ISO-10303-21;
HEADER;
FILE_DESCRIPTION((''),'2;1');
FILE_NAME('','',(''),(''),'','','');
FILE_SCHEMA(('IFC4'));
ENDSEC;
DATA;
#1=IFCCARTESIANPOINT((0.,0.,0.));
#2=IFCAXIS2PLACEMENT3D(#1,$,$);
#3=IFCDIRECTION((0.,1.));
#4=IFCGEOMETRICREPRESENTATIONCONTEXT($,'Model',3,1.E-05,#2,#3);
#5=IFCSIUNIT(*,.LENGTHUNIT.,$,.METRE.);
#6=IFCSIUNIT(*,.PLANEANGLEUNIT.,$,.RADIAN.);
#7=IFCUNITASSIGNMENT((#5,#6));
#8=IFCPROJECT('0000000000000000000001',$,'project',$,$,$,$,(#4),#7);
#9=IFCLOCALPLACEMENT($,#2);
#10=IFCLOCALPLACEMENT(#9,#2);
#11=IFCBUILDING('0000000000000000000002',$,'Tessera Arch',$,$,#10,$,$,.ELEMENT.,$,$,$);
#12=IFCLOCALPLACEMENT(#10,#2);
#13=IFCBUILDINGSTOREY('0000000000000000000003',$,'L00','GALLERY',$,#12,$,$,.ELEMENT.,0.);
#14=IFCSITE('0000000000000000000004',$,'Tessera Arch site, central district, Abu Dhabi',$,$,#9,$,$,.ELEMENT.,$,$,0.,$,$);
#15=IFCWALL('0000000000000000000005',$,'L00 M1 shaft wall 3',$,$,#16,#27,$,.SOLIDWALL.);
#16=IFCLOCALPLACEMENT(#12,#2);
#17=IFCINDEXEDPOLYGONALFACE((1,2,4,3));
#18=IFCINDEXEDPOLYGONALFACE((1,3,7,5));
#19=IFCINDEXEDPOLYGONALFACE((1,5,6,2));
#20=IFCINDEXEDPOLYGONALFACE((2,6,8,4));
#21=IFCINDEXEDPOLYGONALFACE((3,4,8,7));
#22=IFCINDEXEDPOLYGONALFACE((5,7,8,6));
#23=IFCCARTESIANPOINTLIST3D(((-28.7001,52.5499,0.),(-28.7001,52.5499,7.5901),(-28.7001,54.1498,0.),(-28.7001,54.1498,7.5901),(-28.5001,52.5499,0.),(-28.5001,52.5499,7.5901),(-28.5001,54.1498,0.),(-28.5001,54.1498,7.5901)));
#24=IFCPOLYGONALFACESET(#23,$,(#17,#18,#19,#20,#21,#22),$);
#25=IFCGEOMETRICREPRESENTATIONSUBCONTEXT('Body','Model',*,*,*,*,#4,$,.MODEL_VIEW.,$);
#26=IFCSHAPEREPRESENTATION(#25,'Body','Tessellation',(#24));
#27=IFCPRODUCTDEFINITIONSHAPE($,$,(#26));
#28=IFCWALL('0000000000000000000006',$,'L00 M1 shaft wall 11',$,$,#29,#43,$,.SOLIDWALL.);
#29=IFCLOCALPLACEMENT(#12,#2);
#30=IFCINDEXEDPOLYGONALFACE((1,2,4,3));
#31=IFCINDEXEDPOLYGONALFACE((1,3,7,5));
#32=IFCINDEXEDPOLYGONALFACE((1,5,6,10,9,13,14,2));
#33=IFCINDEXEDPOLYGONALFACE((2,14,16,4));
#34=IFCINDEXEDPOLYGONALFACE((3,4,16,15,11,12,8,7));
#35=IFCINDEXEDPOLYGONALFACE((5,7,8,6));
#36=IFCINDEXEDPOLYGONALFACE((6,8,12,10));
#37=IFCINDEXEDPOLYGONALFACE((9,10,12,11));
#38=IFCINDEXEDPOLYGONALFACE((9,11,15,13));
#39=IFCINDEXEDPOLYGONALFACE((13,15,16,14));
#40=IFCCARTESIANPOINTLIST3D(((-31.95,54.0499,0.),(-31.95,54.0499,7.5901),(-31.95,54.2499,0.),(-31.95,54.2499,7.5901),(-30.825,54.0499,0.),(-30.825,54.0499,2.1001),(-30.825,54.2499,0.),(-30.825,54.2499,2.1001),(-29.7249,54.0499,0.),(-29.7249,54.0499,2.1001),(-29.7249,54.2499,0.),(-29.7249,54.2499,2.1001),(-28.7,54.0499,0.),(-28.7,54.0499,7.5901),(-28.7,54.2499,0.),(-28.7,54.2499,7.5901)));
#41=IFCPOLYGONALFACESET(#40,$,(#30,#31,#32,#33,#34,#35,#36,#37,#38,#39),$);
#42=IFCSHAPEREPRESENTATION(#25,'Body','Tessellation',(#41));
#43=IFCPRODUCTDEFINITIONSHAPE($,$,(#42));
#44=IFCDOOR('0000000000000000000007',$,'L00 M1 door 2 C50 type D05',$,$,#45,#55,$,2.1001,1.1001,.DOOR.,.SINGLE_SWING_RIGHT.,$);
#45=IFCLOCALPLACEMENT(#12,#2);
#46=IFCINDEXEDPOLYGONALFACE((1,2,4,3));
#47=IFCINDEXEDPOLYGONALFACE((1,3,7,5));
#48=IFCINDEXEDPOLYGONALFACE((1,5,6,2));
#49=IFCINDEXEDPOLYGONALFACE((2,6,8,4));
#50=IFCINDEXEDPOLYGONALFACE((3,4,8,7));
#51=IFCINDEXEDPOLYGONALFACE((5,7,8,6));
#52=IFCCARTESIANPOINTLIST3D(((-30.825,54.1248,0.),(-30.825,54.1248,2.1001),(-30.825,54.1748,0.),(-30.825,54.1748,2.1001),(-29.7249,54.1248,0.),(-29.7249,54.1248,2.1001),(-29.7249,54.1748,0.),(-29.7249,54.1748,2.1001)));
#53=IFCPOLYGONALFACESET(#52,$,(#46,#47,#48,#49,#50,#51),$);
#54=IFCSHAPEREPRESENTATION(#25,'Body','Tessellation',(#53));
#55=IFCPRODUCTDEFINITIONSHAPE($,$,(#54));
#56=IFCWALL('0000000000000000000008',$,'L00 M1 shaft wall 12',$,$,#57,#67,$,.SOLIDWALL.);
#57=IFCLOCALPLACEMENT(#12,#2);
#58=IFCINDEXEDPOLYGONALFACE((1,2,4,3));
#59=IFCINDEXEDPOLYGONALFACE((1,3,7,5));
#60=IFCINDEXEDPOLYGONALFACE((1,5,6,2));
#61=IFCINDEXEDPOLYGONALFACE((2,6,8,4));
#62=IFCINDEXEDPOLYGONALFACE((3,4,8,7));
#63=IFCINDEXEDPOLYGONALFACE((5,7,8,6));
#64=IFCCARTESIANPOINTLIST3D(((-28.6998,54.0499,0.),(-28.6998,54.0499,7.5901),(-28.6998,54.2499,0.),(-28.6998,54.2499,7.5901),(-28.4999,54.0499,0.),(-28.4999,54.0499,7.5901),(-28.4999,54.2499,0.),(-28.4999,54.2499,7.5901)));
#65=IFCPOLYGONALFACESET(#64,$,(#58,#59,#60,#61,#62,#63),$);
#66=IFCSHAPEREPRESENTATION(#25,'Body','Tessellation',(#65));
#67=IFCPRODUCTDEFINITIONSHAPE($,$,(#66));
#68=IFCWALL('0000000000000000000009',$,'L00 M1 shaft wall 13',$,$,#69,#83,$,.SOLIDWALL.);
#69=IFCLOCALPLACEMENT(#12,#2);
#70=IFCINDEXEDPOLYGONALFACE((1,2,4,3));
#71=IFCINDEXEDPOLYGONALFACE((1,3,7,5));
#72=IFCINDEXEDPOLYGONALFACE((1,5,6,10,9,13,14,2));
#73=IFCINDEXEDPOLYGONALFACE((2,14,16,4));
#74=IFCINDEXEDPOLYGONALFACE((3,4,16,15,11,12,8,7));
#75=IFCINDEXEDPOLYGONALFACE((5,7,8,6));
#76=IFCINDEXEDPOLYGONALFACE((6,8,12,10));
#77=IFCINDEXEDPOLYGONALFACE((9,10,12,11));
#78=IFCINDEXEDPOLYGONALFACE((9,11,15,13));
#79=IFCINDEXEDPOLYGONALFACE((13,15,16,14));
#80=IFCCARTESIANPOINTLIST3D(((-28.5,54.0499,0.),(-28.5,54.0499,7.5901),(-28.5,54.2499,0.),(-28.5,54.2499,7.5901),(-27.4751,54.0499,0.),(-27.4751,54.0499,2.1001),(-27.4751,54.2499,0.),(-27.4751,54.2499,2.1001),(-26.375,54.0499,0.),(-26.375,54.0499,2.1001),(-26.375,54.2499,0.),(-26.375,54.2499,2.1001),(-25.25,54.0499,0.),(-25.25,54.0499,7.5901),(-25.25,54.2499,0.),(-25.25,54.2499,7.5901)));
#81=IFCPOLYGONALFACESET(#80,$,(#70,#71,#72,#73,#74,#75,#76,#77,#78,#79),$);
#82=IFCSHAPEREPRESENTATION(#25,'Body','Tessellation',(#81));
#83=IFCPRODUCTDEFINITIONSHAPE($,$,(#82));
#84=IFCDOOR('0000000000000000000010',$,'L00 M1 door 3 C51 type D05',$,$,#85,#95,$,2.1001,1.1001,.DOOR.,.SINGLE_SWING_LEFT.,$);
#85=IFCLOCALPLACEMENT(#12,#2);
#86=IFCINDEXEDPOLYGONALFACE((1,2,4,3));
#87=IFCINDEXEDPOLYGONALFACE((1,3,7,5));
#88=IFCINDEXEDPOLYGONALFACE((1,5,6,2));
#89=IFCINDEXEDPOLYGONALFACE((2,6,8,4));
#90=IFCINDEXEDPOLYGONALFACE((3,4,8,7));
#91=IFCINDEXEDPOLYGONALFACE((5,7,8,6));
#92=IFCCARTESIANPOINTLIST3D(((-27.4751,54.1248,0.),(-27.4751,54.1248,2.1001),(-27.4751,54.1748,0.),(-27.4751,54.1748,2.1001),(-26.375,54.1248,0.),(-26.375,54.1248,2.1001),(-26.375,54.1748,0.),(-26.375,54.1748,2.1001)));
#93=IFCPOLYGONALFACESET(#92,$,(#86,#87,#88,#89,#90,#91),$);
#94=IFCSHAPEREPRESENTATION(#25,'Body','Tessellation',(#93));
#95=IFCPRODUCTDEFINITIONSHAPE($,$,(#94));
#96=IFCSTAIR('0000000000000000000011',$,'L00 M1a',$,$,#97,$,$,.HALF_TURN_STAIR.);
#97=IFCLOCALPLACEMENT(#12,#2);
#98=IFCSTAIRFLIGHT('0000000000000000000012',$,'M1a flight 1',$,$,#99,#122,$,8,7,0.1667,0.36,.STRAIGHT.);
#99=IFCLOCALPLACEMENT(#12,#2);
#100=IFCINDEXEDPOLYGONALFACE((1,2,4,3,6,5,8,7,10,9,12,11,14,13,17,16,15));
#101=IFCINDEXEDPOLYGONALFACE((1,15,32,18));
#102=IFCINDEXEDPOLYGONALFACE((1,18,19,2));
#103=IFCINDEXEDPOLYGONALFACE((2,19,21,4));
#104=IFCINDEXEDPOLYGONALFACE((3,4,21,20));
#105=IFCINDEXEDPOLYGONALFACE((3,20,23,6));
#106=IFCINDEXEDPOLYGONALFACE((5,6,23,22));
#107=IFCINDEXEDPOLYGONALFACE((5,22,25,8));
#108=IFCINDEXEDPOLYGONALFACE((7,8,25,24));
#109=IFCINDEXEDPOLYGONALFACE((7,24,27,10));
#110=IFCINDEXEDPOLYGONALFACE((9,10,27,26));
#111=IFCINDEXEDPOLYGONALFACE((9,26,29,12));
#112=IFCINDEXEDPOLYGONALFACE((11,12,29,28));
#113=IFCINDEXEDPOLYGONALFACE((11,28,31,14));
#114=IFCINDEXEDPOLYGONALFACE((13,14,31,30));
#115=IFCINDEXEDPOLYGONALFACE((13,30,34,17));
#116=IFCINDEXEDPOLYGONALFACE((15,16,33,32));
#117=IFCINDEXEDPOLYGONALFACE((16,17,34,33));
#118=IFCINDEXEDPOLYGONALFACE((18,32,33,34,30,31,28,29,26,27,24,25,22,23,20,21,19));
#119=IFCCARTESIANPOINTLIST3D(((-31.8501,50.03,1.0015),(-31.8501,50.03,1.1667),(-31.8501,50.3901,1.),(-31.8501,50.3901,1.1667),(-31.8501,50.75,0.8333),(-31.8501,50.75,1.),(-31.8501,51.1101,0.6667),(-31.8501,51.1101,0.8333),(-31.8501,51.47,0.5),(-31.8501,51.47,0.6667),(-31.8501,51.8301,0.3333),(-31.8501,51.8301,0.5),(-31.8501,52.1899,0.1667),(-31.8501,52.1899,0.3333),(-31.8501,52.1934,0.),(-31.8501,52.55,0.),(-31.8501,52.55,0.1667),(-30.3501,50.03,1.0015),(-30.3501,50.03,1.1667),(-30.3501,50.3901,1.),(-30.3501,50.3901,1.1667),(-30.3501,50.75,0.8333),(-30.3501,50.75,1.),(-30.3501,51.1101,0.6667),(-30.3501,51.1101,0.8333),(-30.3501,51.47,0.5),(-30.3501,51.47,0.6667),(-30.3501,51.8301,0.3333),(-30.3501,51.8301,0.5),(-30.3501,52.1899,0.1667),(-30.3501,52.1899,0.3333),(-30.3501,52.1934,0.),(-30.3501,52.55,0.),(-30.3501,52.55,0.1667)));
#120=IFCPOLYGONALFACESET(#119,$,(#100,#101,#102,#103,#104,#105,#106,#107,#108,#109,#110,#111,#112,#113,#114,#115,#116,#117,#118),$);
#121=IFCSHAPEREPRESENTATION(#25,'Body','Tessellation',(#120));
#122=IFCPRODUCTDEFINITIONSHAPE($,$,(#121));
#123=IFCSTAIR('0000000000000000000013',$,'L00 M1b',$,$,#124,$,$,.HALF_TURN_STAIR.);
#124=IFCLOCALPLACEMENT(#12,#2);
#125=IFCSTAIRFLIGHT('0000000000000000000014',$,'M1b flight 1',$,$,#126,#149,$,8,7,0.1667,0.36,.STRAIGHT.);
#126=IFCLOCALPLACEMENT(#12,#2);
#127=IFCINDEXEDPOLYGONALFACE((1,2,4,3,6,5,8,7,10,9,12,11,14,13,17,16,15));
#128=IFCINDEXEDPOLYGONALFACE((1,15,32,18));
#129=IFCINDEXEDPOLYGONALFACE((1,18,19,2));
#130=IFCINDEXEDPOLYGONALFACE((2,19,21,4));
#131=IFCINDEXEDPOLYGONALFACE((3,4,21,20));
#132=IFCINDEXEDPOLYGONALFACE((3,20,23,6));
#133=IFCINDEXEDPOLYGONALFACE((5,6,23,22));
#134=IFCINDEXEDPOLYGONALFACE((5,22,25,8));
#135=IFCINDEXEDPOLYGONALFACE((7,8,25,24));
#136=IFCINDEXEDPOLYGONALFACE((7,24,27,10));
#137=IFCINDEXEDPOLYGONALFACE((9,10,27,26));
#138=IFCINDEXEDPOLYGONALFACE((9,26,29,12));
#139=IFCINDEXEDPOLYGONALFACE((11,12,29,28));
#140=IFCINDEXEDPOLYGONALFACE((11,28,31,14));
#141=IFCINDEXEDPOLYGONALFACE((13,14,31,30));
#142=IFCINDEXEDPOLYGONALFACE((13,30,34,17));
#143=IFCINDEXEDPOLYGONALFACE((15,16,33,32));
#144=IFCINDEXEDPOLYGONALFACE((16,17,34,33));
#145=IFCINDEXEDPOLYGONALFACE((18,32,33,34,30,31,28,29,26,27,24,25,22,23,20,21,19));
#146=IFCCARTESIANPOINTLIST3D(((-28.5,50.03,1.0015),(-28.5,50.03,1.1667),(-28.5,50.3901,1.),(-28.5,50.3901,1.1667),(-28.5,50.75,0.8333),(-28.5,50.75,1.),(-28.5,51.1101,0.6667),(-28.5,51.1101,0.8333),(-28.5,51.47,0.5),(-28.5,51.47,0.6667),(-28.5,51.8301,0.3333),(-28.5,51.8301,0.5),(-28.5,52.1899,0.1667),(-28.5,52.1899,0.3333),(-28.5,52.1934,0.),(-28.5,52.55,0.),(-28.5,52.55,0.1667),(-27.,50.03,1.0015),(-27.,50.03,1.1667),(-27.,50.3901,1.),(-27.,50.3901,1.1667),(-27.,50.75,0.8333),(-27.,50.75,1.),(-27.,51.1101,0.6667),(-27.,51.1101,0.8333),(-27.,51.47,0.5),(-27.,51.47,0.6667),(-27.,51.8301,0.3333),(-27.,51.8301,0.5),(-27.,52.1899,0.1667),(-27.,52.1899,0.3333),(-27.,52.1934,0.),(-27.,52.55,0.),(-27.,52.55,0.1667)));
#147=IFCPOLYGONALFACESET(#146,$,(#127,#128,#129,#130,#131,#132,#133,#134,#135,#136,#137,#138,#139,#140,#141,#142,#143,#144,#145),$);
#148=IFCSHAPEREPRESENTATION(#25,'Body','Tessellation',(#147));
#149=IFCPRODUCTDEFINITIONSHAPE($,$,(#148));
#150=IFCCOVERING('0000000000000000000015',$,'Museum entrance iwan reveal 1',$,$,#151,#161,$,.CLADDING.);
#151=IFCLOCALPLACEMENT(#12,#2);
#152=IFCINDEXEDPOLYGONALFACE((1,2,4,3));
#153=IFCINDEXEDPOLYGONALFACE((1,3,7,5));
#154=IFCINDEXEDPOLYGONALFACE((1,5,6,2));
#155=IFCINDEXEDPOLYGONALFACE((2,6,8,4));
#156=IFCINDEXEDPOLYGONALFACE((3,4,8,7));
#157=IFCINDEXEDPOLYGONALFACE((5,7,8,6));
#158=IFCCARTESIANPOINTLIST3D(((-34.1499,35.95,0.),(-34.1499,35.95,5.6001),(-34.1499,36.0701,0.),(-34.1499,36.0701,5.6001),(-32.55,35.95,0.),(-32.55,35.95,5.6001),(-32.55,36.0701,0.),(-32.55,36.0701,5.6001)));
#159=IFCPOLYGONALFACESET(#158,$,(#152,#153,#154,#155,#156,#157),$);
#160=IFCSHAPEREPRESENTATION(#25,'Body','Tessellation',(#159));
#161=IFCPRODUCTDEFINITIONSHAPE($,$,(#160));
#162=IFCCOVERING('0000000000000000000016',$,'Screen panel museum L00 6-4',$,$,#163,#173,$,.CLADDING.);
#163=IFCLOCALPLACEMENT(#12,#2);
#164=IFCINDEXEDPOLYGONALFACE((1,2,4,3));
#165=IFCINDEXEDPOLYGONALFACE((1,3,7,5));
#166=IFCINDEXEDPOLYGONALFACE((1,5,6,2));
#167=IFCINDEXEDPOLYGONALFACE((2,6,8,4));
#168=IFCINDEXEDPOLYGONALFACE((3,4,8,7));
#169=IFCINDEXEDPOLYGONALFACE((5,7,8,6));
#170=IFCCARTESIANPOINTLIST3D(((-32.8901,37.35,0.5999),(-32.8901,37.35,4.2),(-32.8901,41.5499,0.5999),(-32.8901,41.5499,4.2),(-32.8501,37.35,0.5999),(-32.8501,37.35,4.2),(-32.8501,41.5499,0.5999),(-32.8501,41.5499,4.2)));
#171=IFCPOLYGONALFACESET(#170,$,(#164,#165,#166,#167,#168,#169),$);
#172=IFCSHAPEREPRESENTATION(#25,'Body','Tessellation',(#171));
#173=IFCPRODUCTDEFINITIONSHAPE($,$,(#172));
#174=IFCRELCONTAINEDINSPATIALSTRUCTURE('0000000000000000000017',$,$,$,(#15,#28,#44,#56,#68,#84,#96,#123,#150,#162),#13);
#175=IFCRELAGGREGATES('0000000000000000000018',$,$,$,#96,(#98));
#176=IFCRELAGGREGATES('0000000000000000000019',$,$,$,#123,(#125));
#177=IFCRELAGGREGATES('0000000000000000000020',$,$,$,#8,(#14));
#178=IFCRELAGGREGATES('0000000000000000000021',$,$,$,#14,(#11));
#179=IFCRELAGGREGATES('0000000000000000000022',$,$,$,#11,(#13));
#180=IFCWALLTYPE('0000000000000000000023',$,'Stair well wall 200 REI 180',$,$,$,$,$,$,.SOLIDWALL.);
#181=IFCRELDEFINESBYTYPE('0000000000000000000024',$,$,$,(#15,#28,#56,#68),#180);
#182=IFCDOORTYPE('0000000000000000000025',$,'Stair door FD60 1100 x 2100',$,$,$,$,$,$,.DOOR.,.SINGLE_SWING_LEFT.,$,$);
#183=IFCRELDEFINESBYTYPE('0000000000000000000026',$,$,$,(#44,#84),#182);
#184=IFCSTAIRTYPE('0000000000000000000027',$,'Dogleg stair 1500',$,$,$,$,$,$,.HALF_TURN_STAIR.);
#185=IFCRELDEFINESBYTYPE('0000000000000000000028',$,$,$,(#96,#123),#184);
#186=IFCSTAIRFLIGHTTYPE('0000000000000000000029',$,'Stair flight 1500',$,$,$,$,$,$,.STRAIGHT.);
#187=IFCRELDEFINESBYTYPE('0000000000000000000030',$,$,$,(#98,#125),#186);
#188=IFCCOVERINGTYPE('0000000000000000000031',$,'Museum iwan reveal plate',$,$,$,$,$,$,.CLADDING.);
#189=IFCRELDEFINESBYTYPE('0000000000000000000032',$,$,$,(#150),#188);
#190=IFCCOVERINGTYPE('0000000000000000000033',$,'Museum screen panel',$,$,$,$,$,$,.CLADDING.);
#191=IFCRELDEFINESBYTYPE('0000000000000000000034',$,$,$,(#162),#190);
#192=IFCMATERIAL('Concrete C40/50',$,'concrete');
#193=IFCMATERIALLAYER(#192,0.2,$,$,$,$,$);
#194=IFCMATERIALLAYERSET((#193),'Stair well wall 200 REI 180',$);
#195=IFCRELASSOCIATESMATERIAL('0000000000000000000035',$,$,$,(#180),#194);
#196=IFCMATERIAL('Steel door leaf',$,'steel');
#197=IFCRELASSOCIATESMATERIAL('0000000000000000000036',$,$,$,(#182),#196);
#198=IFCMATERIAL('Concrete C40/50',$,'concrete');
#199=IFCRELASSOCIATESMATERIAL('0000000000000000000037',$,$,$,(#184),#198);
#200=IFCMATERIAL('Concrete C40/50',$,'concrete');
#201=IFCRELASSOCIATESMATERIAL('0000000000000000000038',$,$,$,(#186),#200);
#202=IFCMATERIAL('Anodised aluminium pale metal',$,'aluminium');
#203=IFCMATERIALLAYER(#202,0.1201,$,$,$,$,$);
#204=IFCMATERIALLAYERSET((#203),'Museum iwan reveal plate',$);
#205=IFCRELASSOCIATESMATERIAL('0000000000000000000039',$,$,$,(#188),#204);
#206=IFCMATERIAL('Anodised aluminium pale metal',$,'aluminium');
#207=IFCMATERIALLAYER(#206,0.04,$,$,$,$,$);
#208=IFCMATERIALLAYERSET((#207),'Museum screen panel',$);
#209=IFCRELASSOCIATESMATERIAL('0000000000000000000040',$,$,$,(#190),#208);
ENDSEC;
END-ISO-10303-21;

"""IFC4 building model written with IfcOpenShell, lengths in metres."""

from ifc_helpers import new_model, si_unit, direction, frame, frame_2d, origin, origin_2d, place, context, subcontext, project, spatial, polyline, rectangle, outline, extrude, material, layer, layer_set, type_object, element, fill, aggregate, save


model = new_model("IFC4")

# Units and contexts
model_context = context("Model", 3, precision=1e-05, world=origin(), true_north=direction((0.0, 1.0)))
body_context = subcontext(model_context, "Body", "Model", "MODEL_VIEW")
ifc_project = project(units=[si_unit("LENGTHUNIT", "METRE"), si_unit("PLANEANGLEUNIT", "RADIAN")], contexts=[model_context])

# Site, building, storey
site_placement = place(None, origin())
site = spatial("IfcSite", under=ifc_project, at=site_placement, Name="Tessera Arch site, central district, Abu Dhabi", CompositionType="ELEMENT", RefElevation=0.0)
building_placement = place(site_placement, origin())
building = spatial("IfcBuilding", under=site, at=building_placement, Name="Tessera Arch", CompositionType="ELEMENT")
storey_placement = place(building_placement, origin())
storey = spatial("IfcBuildingStorey", under=building, at=storey_placement, Name="L00", Description="GALLERY", CompositionType="ELEMENT", Elevation=0.0)

# Wall
ifc_material_1 = material(Name="Concrete C40/50", Category="concrete")
ifc_layer_1 = layer(ifc_material_1, 0.2)
ifc_layer_set_1 = layer_set([ifc_layer_1], Name="Stair well wall 200 REI 180")
wall_type_1 = type_object("IfcWallType", Name="Stair well wall 200 REI 180", PredefinedType="SOLIDWALL", material=ifc_layer_set_1)
wall_1_placement = place(storey_placement, frame((-28.6001, 52.55, 0.0), z_axis=(0.0, 0.0, 1.0), x_axis=(0.0, 1.0, 0.0)))
element("IfcWall", 1, at=wall_1_placement, inside=storey, type_object=wall_type_1, Name="L00 M1 shaft wall 3", PredefinedType="SOLIDWALL", context=body_context, shape_type="SweptSolid", body=[
    extrude(rectangle(XDim=1.5999, YDim=0.2, at=frame_2d((0.7998, 0.0))), origin(), (0.0, 0.0, 1.0), 7.5901),
])

# Wall, opening, door
wall_2_placement = place(storey_placement, frame((-31.95, 54.1499, 0.0), z_axis=(0.0, 0.0, 1.0), x_axis=(1.0, 0.0, 0.0)))
wall_2 = element("IfcWall", 2, at=wall_2_placement, inside=storey, type_object=wall_type_1, Name="L00 M1 shaft wall 11", PredefinedType="SOLIDWALL", context=body_context, shape_type="SweptSolid", body=[
    extrude(rectangle(XDim=3.25, YDim=0.2, at=frame_2d((1.625, 0.0))), origin(), (0.0, 0.0, 1.0), 7.5901),
])
opening_1_placement = place(wall_2_placement, frame((1.125, 0.0, 0.0)))
opening_1 = element("IfcOpeningElement", 3, at=opening_1_placement, cuts=wall_2, PredefinedType="OPENING", context=body_context, shape_type="SweptSolid", body=[
    extrude(rectangle(XDim=1.1001, YDim=2.1001, at=frame_2d((0.55, 1.05))), frame((0.0, 0.1099, 0.0), z_axis=(0.0, -1.0, 0.0), x_axis=(1.0, 0.0, 0.0)), (0.0, 0.0, 1.0), 0.22),
])
ifc_material_2 = material(Name="Steel door leaf", Category="steel")
door_type_1 = type_object("IfcDoorType", Name="Stair door FD60 1100 x 2100", OperationType="SINGLE_SWING_LEFT", PredefinedType="DOOR", material=ifc_material_2)
door_1_placement = place(opening_1_placement, origin())
door_1 = element("IfcDoor", 4, at=door_1_placement, inside=storey, type_object=door_type_1, Name="L00 M1 door 2 C50 type D05", OperationType="SINGLE_SWING_RIGHT", OverallHeight=2.1001, OverallWidth=1.1001, PredefinedType="DOOR", context=body_context, shape_type="SweptSolid", body=[
    extrude(rectangle(XDim=1.1001, YDim=2.1001, at=frame_2d((0.55, 1.05))), frame((0.0, 0.0249, 0.0), z_axis=(0.0, -1.0, 0.0), x_axis=(1.0, 0.0, 0.0)), (0.0, 0.0, 1.0), 0.05),
])
fill(opening_1, door_1)

# Wall
wall_3_placement = place(storey_placement, frame((-28.7, 54.1499, 0.0), z_axis=(0.0, 0.0, 1.0), x_axis=(1.0, 0.0, 0.0)))
element("IfcWall", 5, at=wall_3_placement, inside=storey, type_object=wall_type_1, Name="L00 M1 shaft wall 12", PredefinedType="SOLIDWALL", context=body_context, shape_type="SweptSolid", body=[
    extrude(rectangle(XDim=0.2, YDim=0.2, at=frame_2d((0.1001, 0.0))), origin(), (0.0, 0.0, 1.0), 7.5901),
])

# Wall, opening, door
wall_4_placement = place(storey_placement, frame((-28.5, 54.1499, 0.0), z_axis=(0.0, 0.0, 1.0), x_axis=(1.0, 0.0, 0.0)))
wall_4 = element("IfcWall", 6, at=wall_4_placement, inside=storey, type_object=wall_type_1, Name="L00 M1 shaft wall 13", PredefinedType="SOLIDWALL", context=body_context, shape_type="SweptSolid", body=[
    extrude(rectangle(XDim=3.25, YDim=0.2, at=frame_2d((1.625, 0.0))), origin(), (0.0, 0.0, 1.0), 7.5901),
])
opening_2_placement = place(wall_4_placement, frame((1.0249, 0.0, 0.0)))
opening_2 = element("IfcOpeningElement", 7, at=opening_2_placement, cuts=wall_4, PredefinedType="OPENING", context=body_context, shape_type="SweptSolid", body=[
    extrude(rectangle(XDim=1.1001, YDim=2.1001, at=frame_2d((0.55, 1.05))), frame((0.0, 0.1099, 0.0), z_axis=(0.0, -1.0, 0.0), x_axis=(1.0, 0.0, 0.0)), (0.0, 0.0, 1.0), 0.22),
])
door_2_placement = place(opening_2_placement, origin())
door_2 = element("IfcDoor", 8, at=door_2_placement, inside=storey, type_object=door_type_1, Name="L00 M1 door 3 C51 type D05", OperationType="SINGLE_SWING_LEFT", OverallHeight=2.1001, OverallWidth=1.1001, PredefinedType="DOOR", context=body_context, shape_type="SweptSolid", body=[
    extrude(rectangle(XDim=1.1001, YDim=2.1001, at=frame_2d((0.55, 1.05))), frame((0.0, 0.0249, 0.0), z_axis=(0.0, -1.0, 0.0), x_axis=(1.0, 0.0, 0.0)), (0.0, 0.0, 1.0), 0.05),
])
fill(opening_2, door_2)

# Stairs, stair flights
ifc_material_3 = material(Name="Concrete C40/50", Category="concrete")
stair_type = type_object("IfcStairType", Name="Dogleg stair 1500", PredefinedType="HALF_TURN_STAIR", material=ifc_material_3)
stair_1_placement = place(storey_placement, origin())
stair_1 = element("IfcStair", 9, at=stair_1_placement, inside=storey, type_object=stair_type, Name="L00 M1a", PredefinedType="HALF_TURN_STAIR")
ifc_material_4 = material(Name="Concrete C40/50", Category="concrete")
stair_flight_type = type_object("IfcStairFlightType", Name="Stair flight 1500", PredefinedType="STRAIGHT", material=ifc_material_4)
stair_flight_1_placement = place(storey_placement, frame((-31.1001, 52.55, 0.0), z_axis=(0.0, 0.0, 1.0), x_axis=(0.0, -1.0, 0.0)))
stair_flight_1 = element("IfcStairFlight", 10, at=stair_flight_1_placement, type_object=stair_flight_type, Name="M1a flight 1", NumberOfRisers=8, NumberOfTreads=7, PredefinedType="STRAIGHT", RiserHeight=0.1667, TreadLength=0.36, context=body_context, shape_type="SweptSolid", body=[
    extrude(outline(polyline([(0.0, 0.0), (0.0, 0.1667), (0.3601, 0.1667), (0.3601, 0.3333), (0.72, 0.3333), (0.72, 0.5), (1.0801, 0.5), (1.0801, 0.6667), (1.4399, 0.6667), (1.4399, 0.8333), (1.8, 0.8333), (1.8, 1.0), (2.1599, 1.0), (2.1599, 1.1667), (2.52, 1.1667), (2.52, 1.3333), (2.52, 1.0015), (0.3567, 0.0), (0.0, 0.0)])), frame((0.0, 0.75, 0.0), z_axis=(0.0, -1.0, 0.0), x_axis=(1.0, 0.0, 0.0)), (0.0, 0.0, 1.0), 1.5),
])
aggregate(stair_1, [stair_flight_1])
stair_2_placement = place(storey_placement, origin())
stair_2 = element("IfcStair", 11, at=stair_2_placement, inside=storey, type_object=stair_type, Name="L00 M1b", PredefinedType="HALF_TURN_STAIR")
stair_flight_2_placement = place(storey_placement, frame((-27.75, 52.55, 0.0), z_axis=(0.0, 0.0, 1.0), x_axis=(0.0, -1.0, 0.0)))
stair_flight_2 = element("IfcStairFlight", 12, at=stair_flight_2_placement, type_object=stair_flight_type, Name="M1b flight 1", NumberOfRisers=8, NumberOfTreads=7, PredefinedType="STRAIGHT", RiserHeight=0.1667, TreadLength=0.36, context=body_context, shape_type="SweptSolid", body=[
    extrude(outline(polyline([(0.0, 0.0), (0.0, 0.1667), (0.3601, 0.1667), (0.3601, 0.3333), (0.72, 0.3333), (0.72, 0.5), (1.0801, 0.5), (1.0801, 0.6667), (1.4399, 0.6667), (1.4399, 0.8333), (1.8, 0.8333), (1.8, 1.0), (2.1599, 1.0), (2.1599, 1.1667), (2.52, 1.1667), (2.52, 1.3333), (2.52, 1.0015), (0.3567, 0.0), (0.0, 0.0)])), frame((0.0, 0.75, 0.0), z_axis=(0.0, -1.0, 0.0), x_axis=(1.0, 0.0, 0.0)), (0.0, 0.0, 1.0), 1.5),
])
aggregate(stair_2, [stair_flight_2])

# Coverings
ifc_material_5 = material(Name="Anodised aluminium pale metal", Category="aluminium")
ifc_layer_2 = layer(ifc_material_5, 0.1201)
ifc_layer_set_2 = layer_set([ifc_layer_2], Name="Museum iwan reveal plate")
covering_type_1 = type_object("IfcCoveringType", Name="Museum iwan reveal plate", PredefinedType="CLADDING", material=ifc_layer_set_2)
covering_1_placement = place(storey_placement, frame((-32.55, 35.95, 0.0), z_axis=(0.0, -1.0, 0.0), x_axis=(0.0, 0.0, 1.0)))
element("IfcCovering", 13, at=covering_1_placement, inside=storey, type_object=covering_type_1, Name="Museum entrance iwan reveal 1", PredefinedType="CLADDING", context=body_context, shape_type="SweptSolid", body=[
    extrude(outline(polyline([(0.0, 0.0), (5.6001, 0.0), (5.6001, 1.5999), (0.0, 1.5999), (0.0, 0.0)])), origin(), (0.0, 0.0, -1.0), 0.1201),
])
ifc_material_6 = material(Name="Anodised aluminium pale metal", Category="aluminium")
ifc_layer_3 = layer(ifc_material_6, 0.04)
ifc_layer_set_3 = layer_set([ifc_layer_3], Name="Museum screen panel")
covering_type_2 = type_object("IfcCoveringType", Name="Museum screen panel", PredefinedType="CLADDING", material=ifc_layer_set_3)
covering_2_placement = place(storey_placement, frame((-32.8701, 39.45, 0.5999), z_axis=(0.0, 0.0, 1.0), x_axis=(0.0, -1.0, 0.0)))
element("IfcCovering", 14, at=covering_2_placement, inside=storey, type_object=covering_type_2, Name="Screen panel museum L00 6-4", PredefinedType="CLADDING", context=body_context, shape_type="SweptSolid", body=[
    extrude(rectangle(XDim=4.2, YDim=0.04, at=origin_2d()), origin(), (0.0, 0.0, 1.0), 3.6001),
])

save(model, "model.ifc")
